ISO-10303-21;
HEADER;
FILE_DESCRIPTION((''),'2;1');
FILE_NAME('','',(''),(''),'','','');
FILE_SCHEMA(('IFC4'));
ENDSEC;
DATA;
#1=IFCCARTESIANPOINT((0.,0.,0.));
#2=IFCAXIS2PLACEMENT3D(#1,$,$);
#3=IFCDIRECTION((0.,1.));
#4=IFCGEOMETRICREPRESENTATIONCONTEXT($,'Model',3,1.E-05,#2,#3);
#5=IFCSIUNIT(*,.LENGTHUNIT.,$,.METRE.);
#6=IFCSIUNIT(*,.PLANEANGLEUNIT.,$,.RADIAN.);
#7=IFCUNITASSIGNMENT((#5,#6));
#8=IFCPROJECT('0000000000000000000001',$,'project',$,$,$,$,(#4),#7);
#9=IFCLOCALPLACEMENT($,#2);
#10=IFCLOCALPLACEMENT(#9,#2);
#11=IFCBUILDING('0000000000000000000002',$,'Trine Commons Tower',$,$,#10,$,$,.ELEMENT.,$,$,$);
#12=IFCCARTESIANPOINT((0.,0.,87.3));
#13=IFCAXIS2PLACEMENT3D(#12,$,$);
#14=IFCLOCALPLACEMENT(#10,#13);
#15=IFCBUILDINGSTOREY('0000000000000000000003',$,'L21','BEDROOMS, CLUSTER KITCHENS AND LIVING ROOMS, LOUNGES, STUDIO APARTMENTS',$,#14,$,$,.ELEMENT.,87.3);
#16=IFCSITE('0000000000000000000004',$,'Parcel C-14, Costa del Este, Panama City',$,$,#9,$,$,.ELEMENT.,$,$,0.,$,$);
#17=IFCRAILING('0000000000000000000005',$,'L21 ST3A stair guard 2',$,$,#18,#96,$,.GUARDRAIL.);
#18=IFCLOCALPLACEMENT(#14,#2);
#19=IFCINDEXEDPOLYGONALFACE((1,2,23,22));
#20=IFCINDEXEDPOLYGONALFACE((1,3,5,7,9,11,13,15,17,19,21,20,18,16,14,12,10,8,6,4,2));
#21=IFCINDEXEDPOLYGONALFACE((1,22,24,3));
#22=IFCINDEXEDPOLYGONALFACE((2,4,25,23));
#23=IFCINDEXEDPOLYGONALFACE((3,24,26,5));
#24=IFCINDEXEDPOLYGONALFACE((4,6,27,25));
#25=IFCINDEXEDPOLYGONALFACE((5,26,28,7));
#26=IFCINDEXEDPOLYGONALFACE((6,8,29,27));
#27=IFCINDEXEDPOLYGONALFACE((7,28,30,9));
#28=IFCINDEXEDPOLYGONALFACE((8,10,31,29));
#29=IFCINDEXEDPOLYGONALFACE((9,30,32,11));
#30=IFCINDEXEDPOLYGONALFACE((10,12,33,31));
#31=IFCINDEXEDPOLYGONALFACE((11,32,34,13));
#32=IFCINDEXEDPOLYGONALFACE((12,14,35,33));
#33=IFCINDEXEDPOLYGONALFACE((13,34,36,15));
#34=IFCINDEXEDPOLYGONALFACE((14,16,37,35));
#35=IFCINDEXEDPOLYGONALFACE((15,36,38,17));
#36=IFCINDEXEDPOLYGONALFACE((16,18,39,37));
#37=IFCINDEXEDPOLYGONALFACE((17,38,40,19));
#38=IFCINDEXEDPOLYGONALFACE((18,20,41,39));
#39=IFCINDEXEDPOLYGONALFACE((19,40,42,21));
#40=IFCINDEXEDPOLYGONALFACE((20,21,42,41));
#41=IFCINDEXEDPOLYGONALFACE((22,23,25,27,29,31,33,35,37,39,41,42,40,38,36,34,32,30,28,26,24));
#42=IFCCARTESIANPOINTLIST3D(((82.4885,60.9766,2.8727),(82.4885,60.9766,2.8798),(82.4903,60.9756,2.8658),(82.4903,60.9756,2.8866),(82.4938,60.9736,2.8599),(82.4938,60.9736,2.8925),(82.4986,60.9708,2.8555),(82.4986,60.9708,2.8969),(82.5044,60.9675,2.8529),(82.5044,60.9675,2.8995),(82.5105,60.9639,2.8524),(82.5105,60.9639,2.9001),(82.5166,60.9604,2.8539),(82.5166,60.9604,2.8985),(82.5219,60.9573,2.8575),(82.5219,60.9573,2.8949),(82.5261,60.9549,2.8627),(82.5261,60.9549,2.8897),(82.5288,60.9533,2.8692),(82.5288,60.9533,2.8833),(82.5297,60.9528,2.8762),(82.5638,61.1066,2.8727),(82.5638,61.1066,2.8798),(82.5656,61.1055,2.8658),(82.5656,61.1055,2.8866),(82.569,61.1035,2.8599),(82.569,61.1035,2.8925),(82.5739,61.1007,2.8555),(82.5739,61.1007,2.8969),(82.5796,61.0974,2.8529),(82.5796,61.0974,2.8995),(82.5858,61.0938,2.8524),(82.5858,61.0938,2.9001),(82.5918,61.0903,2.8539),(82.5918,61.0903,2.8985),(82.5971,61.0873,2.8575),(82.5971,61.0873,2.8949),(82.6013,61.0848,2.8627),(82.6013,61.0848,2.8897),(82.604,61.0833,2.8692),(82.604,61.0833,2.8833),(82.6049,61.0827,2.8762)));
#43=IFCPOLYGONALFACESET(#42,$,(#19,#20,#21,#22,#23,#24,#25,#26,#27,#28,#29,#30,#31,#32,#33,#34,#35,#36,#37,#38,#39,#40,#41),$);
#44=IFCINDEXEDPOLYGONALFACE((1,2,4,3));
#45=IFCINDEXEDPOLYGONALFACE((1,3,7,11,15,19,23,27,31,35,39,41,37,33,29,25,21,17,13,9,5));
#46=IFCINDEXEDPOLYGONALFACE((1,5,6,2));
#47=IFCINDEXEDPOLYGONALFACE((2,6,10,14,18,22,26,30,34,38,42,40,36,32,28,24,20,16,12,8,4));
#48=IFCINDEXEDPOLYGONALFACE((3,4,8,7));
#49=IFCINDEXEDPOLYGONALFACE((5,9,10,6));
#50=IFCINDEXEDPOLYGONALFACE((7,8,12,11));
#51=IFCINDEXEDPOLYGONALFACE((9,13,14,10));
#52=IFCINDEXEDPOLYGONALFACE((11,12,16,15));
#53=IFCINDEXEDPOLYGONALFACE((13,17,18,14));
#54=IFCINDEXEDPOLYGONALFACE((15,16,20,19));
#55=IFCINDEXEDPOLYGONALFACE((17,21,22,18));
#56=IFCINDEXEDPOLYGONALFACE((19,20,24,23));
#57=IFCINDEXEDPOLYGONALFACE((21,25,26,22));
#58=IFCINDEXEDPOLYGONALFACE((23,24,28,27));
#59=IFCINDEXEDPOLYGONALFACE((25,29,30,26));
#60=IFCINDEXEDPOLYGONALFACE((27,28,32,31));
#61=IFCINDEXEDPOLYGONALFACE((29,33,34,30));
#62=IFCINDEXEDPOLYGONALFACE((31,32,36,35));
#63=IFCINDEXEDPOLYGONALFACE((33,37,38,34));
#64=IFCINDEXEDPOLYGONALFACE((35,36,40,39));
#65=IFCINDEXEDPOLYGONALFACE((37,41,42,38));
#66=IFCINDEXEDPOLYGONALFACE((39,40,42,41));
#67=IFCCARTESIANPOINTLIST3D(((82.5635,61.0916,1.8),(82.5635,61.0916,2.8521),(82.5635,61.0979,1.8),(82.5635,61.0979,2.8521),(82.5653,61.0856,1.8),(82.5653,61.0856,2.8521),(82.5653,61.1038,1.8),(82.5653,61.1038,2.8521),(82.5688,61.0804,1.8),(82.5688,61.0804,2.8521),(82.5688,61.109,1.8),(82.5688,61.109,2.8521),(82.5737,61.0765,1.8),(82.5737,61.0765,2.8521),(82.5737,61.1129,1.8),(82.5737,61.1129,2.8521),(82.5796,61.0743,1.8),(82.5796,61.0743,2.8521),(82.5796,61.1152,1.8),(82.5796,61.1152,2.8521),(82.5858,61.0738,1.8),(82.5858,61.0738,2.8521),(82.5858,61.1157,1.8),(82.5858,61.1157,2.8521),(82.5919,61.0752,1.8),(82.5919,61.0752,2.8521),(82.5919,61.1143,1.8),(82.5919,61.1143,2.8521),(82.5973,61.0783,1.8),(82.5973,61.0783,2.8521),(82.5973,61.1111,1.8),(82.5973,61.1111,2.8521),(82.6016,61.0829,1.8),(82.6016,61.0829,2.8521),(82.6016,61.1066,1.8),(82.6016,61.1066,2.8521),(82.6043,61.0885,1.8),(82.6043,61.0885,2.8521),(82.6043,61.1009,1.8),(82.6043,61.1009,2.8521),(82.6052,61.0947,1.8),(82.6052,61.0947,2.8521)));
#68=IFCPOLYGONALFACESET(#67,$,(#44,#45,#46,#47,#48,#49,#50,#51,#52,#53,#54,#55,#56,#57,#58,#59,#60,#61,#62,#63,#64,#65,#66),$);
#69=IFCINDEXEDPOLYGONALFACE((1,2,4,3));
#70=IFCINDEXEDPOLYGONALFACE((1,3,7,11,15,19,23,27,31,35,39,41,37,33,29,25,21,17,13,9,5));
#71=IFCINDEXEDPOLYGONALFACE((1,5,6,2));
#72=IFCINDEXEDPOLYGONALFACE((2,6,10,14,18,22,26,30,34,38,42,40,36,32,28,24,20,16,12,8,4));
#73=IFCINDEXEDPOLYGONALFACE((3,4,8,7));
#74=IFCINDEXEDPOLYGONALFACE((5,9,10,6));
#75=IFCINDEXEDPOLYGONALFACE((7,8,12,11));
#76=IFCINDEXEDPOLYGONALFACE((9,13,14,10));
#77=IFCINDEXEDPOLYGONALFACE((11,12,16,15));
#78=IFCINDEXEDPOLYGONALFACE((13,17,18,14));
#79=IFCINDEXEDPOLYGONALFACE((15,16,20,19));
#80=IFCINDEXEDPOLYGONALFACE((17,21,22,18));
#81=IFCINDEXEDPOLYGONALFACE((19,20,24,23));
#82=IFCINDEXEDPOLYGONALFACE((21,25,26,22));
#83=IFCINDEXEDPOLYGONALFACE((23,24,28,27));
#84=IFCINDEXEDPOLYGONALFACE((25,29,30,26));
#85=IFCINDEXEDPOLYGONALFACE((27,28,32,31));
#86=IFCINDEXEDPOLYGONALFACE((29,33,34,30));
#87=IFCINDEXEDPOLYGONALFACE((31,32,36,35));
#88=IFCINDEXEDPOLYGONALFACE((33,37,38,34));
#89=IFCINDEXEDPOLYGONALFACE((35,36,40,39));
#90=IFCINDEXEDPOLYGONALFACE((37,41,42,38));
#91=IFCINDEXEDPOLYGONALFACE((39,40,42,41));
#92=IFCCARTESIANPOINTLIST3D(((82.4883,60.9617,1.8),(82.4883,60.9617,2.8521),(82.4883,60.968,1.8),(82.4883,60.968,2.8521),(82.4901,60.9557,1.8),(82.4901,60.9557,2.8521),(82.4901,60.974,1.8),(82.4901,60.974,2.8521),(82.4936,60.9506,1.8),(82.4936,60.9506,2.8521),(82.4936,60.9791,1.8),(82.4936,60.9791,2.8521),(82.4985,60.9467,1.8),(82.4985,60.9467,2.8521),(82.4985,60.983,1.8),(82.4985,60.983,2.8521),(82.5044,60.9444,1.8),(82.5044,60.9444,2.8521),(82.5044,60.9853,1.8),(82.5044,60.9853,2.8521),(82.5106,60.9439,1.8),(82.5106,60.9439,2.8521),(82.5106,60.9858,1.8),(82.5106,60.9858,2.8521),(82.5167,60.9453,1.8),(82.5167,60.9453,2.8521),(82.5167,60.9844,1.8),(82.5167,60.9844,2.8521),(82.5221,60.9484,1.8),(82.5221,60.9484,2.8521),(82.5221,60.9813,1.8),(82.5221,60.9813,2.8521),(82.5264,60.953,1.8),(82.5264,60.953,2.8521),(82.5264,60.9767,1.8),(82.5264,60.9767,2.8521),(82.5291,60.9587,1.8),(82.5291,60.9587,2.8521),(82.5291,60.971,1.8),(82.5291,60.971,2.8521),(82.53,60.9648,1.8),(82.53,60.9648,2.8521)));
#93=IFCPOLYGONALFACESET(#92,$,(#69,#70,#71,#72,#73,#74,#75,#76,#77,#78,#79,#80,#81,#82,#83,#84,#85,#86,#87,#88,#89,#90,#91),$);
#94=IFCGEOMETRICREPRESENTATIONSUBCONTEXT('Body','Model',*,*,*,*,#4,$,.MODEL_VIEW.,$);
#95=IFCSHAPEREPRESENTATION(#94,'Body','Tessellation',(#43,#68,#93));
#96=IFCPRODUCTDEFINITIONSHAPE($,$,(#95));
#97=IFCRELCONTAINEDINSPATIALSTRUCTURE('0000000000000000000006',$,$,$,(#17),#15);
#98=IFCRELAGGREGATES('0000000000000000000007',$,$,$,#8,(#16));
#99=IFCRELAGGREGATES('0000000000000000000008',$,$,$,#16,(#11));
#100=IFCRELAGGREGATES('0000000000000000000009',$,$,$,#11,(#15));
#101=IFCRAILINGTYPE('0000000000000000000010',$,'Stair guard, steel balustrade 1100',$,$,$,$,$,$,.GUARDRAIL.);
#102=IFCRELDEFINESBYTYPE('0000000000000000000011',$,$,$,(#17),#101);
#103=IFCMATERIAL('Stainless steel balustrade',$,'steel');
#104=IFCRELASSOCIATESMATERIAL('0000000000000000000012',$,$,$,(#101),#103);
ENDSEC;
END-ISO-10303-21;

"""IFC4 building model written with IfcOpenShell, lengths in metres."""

from ifc_helpers import new_model, si_unit, direction, frame, origin, origin_2d, place, context, subcontext, project, spatial, circle, extrude, material, type_object, element, save


model = new_model("IFC4")

# Units and contexts
model_context = context("Model", 3, precision=1e-05, world=origin(), true_north=direction((0.0, 1.0)))
body_context = subcontext(model_context, "Body", "Model", "MODEL_VIEW")
ifc_project = project(units=[si_unit("LENGTHUNIT", "METRE"), si_unit("PLANEANGLEUNIT", "RADIAN")], contexts=[model_context])

# Site, building, storey
site_placement = place(None, origin())
site = spatial("IfcSite", under=ifc_project, at=site_placement, Name="Parcel C-14, Costa del Este, Panama City", CompositionType="ELEMENT", RefElevation=0.0)
building_placement = place(site_placement, origin())
building = spatial("IfcBuilding", under=site, at=building_placement, Name="Trine Commons Tower", CompositionType="ELEMENT")
storey_placement = place(building_placement, frame((0.0, 0.0, 87.3)))
storey = spatial("IfcBuildingStorey", under=building, at=storey_placement, Name="L21", Description="BEDROOMS, CLUSTER KITCHENS AND LIVING ROOMS, LOUNGES, STUDIO APARTMENTS", CompositionType="ELEMENT", Elevation=87.3)

# Railing
ifc_material_1 = material(Name="Stainless steel balustrade", Category="steel")
railing_type_1 = type_object("IfcRailingType", Name="Stair guard, steel balustrade 1100", PredefinedType="GUARDRAIL", material=ifc_material_1)
railing_1_placement = place(storey_placement, frame((82.5842, 61.0947, 1.8)))
element("IfcRailing", 1, at=railing_1_placement, inside=storey, type_object=railing_type_1, Name="L21 ST3A stair guard 2", PredefinedType="GUARDRAIL", context=body_context, shape_type="SweptSolid", body=[
    extrude(circle(Radius=0.0239, at=origin_2d()), frame((0.0, 0.0, 1.0762), z_axis=(-0.501036, -0.865426, 0.0), x_axis=(0.865426, -0.501036, 0.0)), (0.0, 0.0, 1.0), 0.1501),
    extrude(circle(Radius=0.021, at=origin_2d()), origin(), (0.0, 0.0, 1.0), 1.052),
    extrude(circle(Radius=0.021, at=origin_2d()), frame((-0.0752, -0.1299, 0.0)), (0.0, 0.0, 1.0), 1.052),
])

save(model, "model.ifc")
